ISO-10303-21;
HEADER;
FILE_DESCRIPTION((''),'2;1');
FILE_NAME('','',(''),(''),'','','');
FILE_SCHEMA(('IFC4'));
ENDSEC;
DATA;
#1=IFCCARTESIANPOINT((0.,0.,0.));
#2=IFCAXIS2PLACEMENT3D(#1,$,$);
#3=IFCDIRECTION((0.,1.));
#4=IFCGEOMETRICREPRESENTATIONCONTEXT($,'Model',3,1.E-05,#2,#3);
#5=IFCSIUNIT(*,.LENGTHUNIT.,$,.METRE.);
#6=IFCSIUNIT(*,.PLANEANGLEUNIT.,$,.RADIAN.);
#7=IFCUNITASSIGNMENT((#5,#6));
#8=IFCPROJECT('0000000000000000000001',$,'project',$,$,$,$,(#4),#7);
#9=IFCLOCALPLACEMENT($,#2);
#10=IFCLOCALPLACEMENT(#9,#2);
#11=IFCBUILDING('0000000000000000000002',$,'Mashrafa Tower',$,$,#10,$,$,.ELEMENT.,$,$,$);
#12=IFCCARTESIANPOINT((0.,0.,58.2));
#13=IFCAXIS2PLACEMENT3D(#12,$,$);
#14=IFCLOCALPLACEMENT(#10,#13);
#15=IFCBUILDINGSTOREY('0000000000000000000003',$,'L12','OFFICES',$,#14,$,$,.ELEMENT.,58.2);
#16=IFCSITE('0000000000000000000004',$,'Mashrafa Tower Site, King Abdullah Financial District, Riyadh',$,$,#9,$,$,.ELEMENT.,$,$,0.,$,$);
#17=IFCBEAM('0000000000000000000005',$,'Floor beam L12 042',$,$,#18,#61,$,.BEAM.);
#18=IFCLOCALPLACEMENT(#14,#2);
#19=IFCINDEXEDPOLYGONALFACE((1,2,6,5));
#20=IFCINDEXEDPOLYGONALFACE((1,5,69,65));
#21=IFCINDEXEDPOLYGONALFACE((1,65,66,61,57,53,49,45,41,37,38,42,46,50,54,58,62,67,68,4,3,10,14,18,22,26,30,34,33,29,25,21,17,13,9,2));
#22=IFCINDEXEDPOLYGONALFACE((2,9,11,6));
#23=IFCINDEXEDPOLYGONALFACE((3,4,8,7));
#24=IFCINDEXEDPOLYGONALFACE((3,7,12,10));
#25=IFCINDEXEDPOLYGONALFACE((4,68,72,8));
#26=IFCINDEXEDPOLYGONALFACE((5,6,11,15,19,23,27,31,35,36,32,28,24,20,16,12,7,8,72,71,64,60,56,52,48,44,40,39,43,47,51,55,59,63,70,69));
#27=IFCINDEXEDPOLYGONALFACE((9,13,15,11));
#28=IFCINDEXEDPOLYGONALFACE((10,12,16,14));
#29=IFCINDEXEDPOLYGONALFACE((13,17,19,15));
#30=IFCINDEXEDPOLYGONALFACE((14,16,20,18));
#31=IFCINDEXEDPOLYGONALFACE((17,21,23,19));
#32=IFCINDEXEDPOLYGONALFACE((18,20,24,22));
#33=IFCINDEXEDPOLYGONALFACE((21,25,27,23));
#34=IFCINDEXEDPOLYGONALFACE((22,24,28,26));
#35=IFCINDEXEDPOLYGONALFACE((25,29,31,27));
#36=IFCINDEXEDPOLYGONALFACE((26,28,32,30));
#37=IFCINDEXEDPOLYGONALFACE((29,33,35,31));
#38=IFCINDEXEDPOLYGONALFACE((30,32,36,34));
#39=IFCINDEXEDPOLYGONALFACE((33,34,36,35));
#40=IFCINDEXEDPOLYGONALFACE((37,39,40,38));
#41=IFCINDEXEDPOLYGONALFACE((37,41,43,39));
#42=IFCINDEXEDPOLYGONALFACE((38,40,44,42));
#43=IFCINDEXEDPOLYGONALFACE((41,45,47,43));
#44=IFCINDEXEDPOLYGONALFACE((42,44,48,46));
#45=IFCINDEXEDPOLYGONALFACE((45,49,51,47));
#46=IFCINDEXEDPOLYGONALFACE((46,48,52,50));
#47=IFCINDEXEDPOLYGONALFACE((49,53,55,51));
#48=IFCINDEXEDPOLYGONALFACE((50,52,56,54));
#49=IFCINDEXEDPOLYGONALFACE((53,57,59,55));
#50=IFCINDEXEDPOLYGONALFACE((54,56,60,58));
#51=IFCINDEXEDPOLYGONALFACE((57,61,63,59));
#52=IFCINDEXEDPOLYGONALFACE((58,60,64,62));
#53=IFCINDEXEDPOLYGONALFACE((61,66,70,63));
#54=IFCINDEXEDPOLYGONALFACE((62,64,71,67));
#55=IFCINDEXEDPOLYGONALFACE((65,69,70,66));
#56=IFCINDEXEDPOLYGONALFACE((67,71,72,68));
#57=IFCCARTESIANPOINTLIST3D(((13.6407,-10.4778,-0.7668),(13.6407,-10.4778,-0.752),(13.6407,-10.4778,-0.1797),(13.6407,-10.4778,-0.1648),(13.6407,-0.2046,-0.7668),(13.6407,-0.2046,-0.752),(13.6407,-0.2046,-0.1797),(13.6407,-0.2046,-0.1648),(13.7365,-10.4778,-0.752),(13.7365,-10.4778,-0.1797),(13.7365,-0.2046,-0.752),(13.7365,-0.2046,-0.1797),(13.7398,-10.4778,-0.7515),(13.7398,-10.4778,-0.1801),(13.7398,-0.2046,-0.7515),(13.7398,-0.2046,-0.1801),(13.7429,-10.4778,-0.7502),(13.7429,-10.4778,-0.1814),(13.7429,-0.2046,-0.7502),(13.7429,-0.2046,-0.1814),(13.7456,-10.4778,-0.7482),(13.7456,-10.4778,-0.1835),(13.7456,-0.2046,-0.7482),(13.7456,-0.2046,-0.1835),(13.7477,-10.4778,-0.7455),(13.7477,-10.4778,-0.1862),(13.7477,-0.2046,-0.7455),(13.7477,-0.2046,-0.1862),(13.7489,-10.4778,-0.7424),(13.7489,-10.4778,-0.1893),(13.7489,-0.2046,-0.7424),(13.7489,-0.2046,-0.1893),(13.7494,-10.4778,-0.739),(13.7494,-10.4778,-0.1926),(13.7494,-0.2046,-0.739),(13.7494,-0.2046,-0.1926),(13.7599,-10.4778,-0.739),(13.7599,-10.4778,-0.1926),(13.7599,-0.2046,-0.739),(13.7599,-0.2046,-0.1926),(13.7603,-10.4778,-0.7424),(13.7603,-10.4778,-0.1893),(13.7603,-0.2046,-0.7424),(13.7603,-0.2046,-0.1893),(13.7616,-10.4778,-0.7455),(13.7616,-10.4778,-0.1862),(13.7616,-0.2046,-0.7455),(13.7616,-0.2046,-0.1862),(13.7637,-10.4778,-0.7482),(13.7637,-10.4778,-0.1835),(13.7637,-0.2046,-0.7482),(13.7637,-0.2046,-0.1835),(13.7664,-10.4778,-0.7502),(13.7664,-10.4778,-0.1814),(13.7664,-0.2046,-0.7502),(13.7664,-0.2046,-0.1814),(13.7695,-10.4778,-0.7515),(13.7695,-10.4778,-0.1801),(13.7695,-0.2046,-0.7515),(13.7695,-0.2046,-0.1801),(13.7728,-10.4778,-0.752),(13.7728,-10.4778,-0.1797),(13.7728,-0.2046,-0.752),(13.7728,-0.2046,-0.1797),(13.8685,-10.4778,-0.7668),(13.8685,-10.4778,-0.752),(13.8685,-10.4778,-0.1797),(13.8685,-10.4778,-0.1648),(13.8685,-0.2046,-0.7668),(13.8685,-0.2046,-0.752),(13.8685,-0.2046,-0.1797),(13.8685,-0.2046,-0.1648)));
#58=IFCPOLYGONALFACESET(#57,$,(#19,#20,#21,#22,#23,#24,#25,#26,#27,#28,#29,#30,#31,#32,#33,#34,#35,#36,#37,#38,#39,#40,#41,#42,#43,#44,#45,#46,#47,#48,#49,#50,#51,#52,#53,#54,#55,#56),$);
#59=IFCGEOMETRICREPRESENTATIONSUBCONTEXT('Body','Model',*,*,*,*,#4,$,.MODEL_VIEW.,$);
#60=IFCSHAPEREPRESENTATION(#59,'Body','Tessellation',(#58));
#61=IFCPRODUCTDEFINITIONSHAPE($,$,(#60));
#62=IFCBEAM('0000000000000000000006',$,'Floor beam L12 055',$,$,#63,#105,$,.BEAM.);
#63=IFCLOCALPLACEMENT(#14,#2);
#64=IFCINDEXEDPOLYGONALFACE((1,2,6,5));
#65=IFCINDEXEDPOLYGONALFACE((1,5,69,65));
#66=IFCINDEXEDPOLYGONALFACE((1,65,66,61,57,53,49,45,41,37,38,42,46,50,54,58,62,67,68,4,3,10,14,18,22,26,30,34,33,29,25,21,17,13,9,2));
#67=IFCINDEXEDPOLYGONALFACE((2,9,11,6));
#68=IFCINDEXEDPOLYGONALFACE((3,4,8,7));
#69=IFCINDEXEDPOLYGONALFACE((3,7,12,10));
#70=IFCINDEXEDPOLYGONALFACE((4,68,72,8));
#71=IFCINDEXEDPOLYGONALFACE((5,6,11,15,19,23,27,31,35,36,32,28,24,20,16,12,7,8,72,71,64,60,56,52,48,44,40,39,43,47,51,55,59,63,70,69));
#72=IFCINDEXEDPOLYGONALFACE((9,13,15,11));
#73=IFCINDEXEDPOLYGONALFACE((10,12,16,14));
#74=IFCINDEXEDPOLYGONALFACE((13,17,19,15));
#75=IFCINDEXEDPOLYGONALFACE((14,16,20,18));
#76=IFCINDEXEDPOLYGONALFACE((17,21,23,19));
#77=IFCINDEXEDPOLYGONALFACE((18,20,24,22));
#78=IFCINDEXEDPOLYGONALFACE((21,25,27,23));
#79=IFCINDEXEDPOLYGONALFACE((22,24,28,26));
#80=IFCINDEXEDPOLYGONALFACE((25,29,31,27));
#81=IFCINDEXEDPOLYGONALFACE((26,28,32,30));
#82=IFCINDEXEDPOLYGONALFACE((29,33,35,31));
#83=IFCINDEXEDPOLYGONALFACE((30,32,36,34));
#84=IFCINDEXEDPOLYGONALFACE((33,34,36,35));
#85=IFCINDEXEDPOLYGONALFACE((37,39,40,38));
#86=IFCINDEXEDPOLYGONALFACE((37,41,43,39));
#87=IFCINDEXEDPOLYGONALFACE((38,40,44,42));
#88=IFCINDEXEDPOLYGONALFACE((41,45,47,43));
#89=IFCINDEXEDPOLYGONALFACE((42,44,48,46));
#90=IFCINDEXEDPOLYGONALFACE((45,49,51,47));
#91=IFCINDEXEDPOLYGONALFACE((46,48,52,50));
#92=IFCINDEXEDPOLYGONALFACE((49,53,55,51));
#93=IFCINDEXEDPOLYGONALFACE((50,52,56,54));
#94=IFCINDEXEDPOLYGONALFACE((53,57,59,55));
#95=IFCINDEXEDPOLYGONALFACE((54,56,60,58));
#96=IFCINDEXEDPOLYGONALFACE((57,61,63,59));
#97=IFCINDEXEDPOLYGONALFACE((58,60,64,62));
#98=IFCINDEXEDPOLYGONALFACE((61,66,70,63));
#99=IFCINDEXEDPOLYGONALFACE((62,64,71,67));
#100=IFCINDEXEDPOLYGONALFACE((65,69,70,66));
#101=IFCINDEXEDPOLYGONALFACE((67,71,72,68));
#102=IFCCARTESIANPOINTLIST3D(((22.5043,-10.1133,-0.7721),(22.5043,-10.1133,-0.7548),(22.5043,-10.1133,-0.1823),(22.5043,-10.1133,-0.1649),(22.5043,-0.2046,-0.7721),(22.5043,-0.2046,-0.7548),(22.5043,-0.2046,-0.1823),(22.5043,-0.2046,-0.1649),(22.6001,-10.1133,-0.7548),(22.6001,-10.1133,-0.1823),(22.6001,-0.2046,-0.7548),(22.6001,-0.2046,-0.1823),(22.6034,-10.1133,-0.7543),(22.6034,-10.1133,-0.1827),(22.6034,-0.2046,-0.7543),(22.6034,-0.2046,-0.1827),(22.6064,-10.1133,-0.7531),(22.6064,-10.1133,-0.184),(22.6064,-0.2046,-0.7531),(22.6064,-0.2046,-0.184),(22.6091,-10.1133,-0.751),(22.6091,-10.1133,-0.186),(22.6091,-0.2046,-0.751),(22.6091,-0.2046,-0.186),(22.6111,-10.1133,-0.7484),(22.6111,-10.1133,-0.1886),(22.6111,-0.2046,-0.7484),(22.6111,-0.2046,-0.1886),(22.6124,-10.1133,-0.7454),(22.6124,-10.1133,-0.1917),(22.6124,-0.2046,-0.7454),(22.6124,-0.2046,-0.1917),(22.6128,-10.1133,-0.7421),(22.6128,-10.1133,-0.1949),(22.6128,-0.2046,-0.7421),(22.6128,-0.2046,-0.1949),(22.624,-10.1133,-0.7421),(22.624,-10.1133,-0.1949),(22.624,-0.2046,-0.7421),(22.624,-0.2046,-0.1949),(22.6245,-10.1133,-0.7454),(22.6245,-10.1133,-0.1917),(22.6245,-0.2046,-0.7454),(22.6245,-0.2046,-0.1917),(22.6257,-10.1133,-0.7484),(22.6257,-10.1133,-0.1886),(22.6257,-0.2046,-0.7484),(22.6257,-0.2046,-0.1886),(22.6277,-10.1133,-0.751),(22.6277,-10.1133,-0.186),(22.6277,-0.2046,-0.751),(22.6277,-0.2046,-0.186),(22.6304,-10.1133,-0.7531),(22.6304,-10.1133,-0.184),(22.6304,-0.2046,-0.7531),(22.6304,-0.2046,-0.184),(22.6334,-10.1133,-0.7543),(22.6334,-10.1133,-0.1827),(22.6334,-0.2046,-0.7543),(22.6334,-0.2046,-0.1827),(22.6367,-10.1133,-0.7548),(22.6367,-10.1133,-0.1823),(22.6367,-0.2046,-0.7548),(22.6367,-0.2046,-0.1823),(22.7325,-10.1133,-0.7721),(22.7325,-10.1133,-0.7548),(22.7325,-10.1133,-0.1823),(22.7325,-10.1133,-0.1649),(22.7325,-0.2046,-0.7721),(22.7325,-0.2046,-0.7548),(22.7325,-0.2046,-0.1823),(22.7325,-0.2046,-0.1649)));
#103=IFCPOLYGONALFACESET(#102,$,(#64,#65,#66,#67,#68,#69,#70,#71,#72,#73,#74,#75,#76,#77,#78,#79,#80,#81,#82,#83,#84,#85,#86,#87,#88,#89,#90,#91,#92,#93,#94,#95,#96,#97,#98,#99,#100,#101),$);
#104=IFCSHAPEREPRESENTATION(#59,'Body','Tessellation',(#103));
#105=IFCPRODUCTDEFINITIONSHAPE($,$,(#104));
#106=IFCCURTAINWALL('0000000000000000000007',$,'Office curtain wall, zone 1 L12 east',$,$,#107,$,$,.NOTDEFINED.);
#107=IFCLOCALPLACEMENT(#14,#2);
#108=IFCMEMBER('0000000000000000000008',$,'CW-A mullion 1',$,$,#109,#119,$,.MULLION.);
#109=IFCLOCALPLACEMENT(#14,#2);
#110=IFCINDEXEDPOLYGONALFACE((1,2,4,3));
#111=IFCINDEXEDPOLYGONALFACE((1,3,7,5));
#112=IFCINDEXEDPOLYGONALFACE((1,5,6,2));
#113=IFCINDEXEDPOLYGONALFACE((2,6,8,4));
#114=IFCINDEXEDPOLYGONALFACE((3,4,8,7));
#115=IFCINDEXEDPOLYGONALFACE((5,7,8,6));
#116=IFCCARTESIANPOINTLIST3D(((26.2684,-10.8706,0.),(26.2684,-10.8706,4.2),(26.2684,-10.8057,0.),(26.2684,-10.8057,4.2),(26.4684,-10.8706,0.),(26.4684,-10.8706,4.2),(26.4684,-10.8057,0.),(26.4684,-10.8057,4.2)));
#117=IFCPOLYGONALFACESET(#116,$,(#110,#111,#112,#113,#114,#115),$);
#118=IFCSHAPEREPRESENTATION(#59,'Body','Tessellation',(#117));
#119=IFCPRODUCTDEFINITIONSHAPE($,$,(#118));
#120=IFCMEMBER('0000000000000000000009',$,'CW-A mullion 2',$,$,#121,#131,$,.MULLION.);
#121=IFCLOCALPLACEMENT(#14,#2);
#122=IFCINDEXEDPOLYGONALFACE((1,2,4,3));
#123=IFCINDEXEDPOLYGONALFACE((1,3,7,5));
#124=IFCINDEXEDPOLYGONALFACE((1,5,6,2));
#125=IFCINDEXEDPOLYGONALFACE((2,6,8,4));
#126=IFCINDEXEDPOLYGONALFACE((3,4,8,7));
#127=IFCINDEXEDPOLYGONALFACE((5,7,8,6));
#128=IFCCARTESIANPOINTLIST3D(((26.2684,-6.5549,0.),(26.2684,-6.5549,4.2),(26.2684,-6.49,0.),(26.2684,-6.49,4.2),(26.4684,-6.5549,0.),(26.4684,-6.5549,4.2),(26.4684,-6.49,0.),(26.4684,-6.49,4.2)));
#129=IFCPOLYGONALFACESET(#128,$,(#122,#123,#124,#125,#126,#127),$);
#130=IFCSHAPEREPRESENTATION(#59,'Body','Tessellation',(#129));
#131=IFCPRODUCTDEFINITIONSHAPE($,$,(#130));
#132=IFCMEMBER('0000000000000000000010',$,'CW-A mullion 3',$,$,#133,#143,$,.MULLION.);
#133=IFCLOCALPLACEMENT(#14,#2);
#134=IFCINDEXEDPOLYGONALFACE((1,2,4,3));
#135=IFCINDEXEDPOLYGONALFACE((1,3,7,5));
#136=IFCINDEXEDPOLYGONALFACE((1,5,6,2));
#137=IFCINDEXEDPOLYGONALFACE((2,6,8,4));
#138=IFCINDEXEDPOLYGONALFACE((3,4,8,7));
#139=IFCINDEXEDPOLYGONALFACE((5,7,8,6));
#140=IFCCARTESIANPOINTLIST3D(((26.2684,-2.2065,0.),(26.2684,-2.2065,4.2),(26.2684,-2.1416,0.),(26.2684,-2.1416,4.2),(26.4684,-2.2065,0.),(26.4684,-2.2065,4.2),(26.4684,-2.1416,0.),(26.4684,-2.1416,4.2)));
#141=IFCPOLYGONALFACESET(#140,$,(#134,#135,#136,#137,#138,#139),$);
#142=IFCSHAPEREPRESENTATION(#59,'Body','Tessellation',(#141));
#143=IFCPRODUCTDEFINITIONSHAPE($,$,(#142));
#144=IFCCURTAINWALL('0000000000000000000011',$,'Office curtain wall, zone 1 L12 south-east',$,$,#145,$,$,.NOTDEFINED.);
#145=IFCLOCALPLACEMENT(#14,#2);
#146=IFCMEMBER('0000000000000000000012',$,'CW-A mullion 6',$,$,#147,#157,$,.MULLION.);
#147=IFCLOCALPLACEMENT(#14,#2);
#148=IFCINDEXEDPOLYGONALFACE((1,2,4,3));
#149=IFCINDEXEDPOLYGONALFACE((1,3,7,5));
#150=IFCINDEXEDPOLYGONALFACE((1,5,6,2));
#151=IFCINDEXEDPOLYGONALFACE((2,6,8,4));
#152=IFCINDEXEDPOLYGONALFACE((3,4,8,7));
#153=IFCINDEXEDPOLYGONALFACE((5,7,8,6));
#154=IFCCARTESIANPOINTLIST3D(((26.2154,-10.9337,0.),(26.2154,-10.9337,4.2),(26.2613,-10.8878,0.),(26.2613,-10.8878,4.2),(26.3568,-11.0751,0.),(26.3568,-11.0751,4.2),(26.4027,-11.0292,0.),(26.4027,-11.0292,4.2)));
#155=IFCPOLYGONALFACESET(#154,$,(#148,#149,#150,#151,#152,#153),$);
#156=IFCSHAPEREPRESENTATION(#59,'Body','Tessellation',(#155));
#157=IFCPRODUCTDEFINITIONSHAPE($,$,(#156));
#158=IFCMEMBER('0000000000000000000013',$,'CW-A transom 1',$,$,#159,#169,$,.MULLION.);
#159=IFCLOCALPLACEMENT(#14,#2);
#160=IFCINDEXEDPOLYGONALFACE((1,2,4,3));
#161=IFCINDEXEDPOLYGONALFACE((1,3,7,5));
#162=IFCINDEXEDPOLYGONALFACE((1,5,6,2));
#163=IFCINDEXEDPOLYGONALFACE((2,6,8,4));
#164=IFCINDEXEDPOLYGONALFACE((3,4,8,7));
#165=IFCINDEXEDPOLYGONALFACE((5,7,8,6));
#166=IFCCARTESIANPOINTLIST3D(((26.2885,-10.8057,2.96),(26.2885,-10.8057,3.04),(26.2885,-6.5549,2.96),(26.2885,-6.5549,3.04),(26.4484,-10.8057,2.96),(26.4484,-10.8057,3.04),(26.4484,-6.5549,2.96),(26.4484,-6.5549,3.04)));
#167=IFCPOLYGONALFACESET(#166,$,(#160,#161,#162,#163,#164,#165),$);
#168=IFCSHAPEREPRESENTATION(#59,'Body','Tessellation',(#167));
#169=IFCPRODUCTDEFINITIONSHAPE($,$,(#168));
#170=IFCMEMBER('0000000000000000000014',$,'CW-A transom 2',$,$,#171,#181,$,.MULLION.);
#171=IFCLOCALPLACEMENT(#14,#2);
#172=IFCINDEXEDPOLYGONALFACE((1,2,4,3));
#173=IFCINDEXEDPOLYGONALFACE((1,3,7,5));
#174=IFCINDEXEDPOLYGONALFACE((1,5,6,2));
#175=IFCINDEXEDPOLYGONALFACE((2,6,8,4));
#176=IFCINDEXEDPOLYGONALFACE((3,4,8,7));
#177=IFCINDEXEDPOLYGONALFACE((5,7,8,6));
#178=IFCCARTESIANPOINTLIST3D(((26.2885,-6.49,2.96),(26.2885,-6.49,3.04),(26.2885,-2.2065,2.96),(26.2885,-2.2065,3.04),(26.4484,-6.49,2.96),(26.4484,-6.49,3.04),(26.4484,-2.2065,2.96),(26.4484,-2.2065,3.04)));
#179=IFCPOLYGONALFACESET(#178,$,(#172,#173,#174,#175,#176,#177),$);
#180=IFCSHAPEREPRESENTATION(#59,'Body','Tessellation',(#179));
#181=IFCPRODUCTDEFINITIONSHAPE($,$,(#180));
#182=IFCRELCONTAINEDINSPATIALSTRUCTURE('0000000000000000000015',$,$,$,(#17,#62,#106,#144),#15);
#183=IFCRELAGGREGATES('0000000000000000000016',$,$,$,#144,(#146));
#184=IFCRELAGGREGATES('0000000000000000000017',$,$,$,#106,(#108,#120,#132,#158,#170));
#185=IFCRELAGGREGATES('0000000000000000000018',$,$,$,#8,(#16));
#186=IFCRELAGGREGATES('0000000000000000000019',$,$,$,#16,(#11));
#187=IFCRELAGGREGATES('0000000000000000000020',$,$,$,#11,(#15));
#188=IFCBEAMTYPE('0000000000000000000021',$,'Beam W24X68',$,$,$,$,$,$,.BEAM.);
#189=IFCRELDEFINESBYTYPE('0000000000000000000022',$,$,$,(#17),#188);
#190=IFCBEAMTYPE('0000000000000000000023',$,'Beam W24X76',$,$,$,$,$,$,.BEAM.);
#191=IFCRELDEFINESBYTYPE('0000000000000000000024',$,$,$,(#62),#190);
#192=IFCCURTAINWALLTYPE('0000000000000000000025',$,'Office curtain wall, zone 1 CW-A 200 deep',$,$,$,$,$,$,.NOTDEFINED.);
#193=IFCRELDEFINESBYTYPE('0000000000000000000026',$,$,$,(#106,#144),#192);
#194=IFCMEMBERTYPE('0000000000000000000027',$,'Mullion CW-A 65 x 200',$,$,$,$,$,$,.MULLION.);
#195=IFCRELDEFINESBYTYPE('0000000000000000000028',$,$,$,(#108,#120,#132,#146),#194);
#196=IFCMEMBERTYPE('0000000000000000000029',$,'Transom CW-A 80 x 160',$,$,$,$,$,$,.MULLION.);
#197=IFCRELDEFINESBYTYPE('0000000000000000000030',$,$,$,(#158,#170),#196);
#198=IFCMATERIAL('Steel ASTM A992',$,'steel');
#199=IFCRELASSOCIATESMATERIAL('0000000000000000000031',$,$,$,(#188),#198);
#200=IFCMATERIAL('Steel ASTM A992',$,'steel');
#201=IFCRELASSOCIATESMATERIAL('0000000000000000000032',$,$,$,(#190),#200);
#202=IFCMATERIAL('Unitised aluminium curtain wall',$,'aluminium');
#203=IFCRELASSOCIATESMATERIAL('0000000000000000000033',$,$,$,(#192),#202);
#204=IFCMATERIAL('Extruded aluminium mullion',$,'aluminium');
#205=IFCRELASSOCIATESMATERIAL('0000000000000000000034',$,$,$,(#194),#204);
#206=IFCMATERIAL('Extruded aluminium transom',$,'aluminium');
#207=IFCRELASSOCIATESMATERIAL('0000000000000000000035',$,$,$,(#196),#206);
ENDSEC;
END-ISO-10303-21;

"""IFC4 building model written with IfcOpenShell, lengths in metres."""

from ifc_helpers import new_model, si_unit, direction, frame, origin, origin_2d, place, context, subcontext, project, spatial, rectangle, i_section, extrude, source, transform, mapped, material, material_profile, profile_set, type_object, type_shapes, element, aggregate, save


model = new_model("IFC4")

# Units and contexts
model_context = context("Model", 3, precision=1e-05, world=origin(), true_north=direction((0.0, 1.0)))
body_context = subcontext(model_context, "Body", "Model", "MODEL_VIEW")
ifc_project = project(units=[si_unit("LENGTHUNIT", "METRE"), si_unit("PLANEANGLEUNIT", "RADIAN")], contexts=[model_context])

# Site, building, storey
site_placement = place(None, origin())
site = spatial("IfcSite", under=ifc_project, at=site_placement, Name="Mashrafa Tower Site, King Abdullah Financial District, Riyadh", CompositionType="ELEMENT", RefElevation=0.0)
building_placement = place(site_placement, origin())
building = spatial("IfcBuilding", under=site, at=building_placement, Name="Mashrafa Tower", CompositionType="ELEMENT")
storey_placement = place(building_placement, frame((0.0, 0.0, 58.2)))
storey = spatial("IfcBuildingStorey", under=building, at=storey_placement, Name="L12", Description="OFFICES", CompositionType="ELEMENT", Elevation=58.2)

# Beams
ifc_material_1 = material(Name="Steel ASTM A992", Category="steel")
ifc_material_profile_1 = material_profile(ifc_material_1, i_section(OverallWidth=0.2278, OverallDepth=0.6021, WebThickness=0.0105, FlangeThickness=0.0149, FilletRadius=0.0129, at=origin_2d()), Name="W24X68")
ifc_profile_set_1 = profile_set([ifc_material_profile_1], Name="Steel ASTM A992")
beam_type_1 = type_object("IfcBeamType", Name="Beam W24X68", PredefinedType="BEAM", material=ifc_profile_set_1)
beam_1_placement = place(storey_placement, frame((13.7546, -0.2046, -0.4658), z_axis=(0.0, -1.0, 0.0), x_axis=(1.0, 0.0, 0.0)))
element("IfcBeam", 1, at=beam_1_placement, inside=storey, type_object=beam_type_1, Name="Floor beam L12 042", PredefinedType="BEAM", context=body_context, shape_type="SweptSolid", body=[
    extrude(i_section(OverallWidth=0.2278, OverallDepth=0.6021, WebThickness=0.0105, FlangeThickness=0.0149, FilletRadius=0.0129, at=origin_2d()), origin(), (0.0, 0.0, 1.0), 10.2732),
])
ifc_material_2 = material(Name="Steel ASTM A992", Category="steel")
ifc_material_profile_2 = material_profile(ifc_material_2, i_section(OverallWidth=0.2283, OverallDepth=0.6072, WebThickness=0.0112, FlangeThickness=0.0173, FilletRadius=0.0127, at=origin_2d()), Name="W24X76")
ifc_profile_set_2 = profile_set([ifc_material_profile_2], Name="Steel ASTM A992")
beam_type_2 = type_object("IfcBeamType", Name="Beam W24X76", PredefinedType="BEAM", material=ifc_profile_set_2)
beam_2_placement = place(storey_placement, frame((22.6184, -0.2046, -0.4685), z_axis=(0.0, -1.0, 0.0), x_axis=(1.0, 0.0, 0.0)))
element("IfcBeam", 2, at=beam_2_placement, inside=storey, type_object=beam_type_2, Name="Floor beam L12 055", PredefinedType="BEAM", context=body_context, shape_type="SweptSolid", body=[
    extrude(i_section(OverallWidth=0.2283, OverallDepth=0.6072, WebThickness=0.0112, FlangeThickness=0.0173, FilletRadius=0.0127, at=origin_2d()), origin(), (0.0, 0.0, 1.0), 9.9087),
])

# Curtain wall, members
ifc_material_3 = material(Name="Unitised aluminium curtain wall", Category="aluminium")
curtain_wall_type = type_object("IfcCurtainWallType", Name="Office curtain wall, zone 1 CW-A 200 deep", PredefinedType="NOTDEFINED", material=ifc_material_3)
curtain_wall_1_placement = place(storey_placement, origin())
curtain_wall_1 = element("IfcCurtainWall", 3, at=curtain_wall_1_placement, inside=storey, type_object=curtain_wall_type, Name="Office curtain wall, zone 1 L12 east", PredefinedType="NOTDEFINED")
ifc_material_4 = material(Name="Extruded aluminium mullion", Category="aluminium")
ifc_material_profile_3 = material_profile(ifc_material_4, rectangle(XDim=0.2, YDim=0.0649, at=origin_2d()), Name="Mullion 65x200")
ifc_profile_set_3 = profile_set([ifc_material_profile_3], Name="Extruded aluminium mullion")
member_type_1 = type_object("IfcMemberType", Name="Mullion CW-A 65 x 200", PredefinedType="MULLION", material=ifc_profile_set_3)
shared_shape_1 = source(origin(), body_context, "Body", "SweptSolid", [
    extrude(rectangle(XDim=0.2, YDim=0.0649, at=origin_2d()), origin(), (0.0, 0.0, 1.0), 4.2),
])
type_shapes(member_type_1, [shared_shape_1])
member_1_placement = place(storey_placement, frame((26.3684, -10.8381, 0.0), z_axis=(0.0, 0.0, 1.0), x_axis=(-1.0, 0.0, 0.0)))
member_1 = element("IfcMember", 4, at=member_1_placement, type_object=member_type_1, Name="CW-A mullion 1", PredefinedType="MULLION", context=body_context, shape_type="MappedRepresentation", body=[
    mapped(shared_shape_1, transform((0.0, 0.0, 0.0))),
])
member_2_placement = place(storey_placement, frame((26.3684, -6.5225, 0.0), z_axis=(0.0, 0.0, 1.0), x_axis=(-1.0, 0.0, 0.0)))
member_2 = element("IfcMember", 5, at=member_2_placement, type_object=member_type_1, Name="CW-A mullion 2", PredefinedType="MULLION", context=body_context, shape_type="MappedRepresentation", body=[
    mapped(shared_shape_1, transform((0.0, 0.0, 0.0))),
])
member_3_placement = place(storey_placement, frame((26.3684, -2.1741, 0.0), z_axis=(0.0, 0.0, 1.0), x_axis=(-1.0, 0.0, 0.0)))
member_3 = element("IfcMember", 6, at=member_3_placement, type_object=member_type_1, Name="CW-A mullion 3", PredefinedType="MULLION", context=body_context, shape_type="MappedRepresentation", body=[
    mapped(shared_shape_1, transform((0.0, 0.0, 0.0))),
])

# Curtain wall, member
curtain_wall_2_placement = place(storey_placement, origin())
curtain_wall_2 = element("IfcCurtainWall", 7, at=curtain_wall_2_placement, inside=storey, type_object=curtain_wall_type, Name="Office curtain wall, zone 1 L12 south-east", PredefinedType="NOTDEFINED")
member_4_placement = place(storey_placement, frame((26.3091, -10.9814, 0.0), z_axis=(0.0, 0.0, 1.0), x_axis=(-0.707107, 0.707107, 0.0)))
member_4 = element("IfcMember", 8, at=member_4_placement, type_object=member_type_1, Name="CW-A mullion 6", PredefinedType="MULLION", context=body_context, shape_type="MappedRepresentation", body=[
    mapped(shared_shape_1, transform((0.0, 0.0, 0.0))),
])

# Members
ifc_material_5 = material(Name="Extruded aluminium transom", Category="aluminium")
ifc_material_profile_4 = material_profile(ifc_material_5, rectangle(XDim=0.1599, YDim=0.0801, at=origin_2d()), Name="Transom 80x160")
ifc_profile_set_4 = profile_set([ifc_material_profile_4], Name="Extruded aluminium transom")
member_type_2 = type_object("IfcMemberType", Name="Transom CW-A 80 x 160", PredefinedType="MULLION", material=ifc_profile_set_4)
shared_shape_2 = source(origin(), body_context, "Body", "SweptSolid", [
    extrude(rectangle(XDim=0.1599, YDim=0.0801, at=origin_2d()), origin(), (0.0, 0.0, 1.0), 4.2507),
])
member_5_placement = place(storey_placement, frame((26.3684, -10.8057, 3.0), z_axis=(0.0, 1.0, 0.0), x_axis=(-1.0, 0.0, 0.0)))
member_5 = element("IfcMember", 9, at=member_5_placement, type_object=member_type_2, Name="CW-A transom 1", PredefinedType="MULLION", context=body_context, shape_type="MappedRepresentation", body=[
    mapped(shared_shape_2, transform((0.0, 0.0, 0.0))),
])
shared_shape_3 = source(origin(), body_context, "Body", "SweptSolid", [
    extrude(rectangle(XDim=0.1599, YDim=0.0801, at=origin_2d()), origin(), (0.0, 0.0, 1.0), 4.2834),
])
member_6_placement = place(storey_placement, frame((26.3684, -6.49, 3.0), z_axis=(0.0, 1.0, 0.0), x_axis=(-1.0, 0.0, 0.0)))
member_6 = element("IfcMember", 10, at=member_6_placement, type_object=member_type_2, Name="CW-A transom 2", PredefinedType="MULLION", context=body_context, shape_type="MappedRepresentation", body=[
    mapped(shared_shape_3, transform((0.0, 0.0, 0.0))),
])

aggregate(curtain_wall_2, [member_4])
aggregate(curtain_wall_1, [member_1, member_2, member_3, member_5, member_6])

save(model, "model.ifc")
